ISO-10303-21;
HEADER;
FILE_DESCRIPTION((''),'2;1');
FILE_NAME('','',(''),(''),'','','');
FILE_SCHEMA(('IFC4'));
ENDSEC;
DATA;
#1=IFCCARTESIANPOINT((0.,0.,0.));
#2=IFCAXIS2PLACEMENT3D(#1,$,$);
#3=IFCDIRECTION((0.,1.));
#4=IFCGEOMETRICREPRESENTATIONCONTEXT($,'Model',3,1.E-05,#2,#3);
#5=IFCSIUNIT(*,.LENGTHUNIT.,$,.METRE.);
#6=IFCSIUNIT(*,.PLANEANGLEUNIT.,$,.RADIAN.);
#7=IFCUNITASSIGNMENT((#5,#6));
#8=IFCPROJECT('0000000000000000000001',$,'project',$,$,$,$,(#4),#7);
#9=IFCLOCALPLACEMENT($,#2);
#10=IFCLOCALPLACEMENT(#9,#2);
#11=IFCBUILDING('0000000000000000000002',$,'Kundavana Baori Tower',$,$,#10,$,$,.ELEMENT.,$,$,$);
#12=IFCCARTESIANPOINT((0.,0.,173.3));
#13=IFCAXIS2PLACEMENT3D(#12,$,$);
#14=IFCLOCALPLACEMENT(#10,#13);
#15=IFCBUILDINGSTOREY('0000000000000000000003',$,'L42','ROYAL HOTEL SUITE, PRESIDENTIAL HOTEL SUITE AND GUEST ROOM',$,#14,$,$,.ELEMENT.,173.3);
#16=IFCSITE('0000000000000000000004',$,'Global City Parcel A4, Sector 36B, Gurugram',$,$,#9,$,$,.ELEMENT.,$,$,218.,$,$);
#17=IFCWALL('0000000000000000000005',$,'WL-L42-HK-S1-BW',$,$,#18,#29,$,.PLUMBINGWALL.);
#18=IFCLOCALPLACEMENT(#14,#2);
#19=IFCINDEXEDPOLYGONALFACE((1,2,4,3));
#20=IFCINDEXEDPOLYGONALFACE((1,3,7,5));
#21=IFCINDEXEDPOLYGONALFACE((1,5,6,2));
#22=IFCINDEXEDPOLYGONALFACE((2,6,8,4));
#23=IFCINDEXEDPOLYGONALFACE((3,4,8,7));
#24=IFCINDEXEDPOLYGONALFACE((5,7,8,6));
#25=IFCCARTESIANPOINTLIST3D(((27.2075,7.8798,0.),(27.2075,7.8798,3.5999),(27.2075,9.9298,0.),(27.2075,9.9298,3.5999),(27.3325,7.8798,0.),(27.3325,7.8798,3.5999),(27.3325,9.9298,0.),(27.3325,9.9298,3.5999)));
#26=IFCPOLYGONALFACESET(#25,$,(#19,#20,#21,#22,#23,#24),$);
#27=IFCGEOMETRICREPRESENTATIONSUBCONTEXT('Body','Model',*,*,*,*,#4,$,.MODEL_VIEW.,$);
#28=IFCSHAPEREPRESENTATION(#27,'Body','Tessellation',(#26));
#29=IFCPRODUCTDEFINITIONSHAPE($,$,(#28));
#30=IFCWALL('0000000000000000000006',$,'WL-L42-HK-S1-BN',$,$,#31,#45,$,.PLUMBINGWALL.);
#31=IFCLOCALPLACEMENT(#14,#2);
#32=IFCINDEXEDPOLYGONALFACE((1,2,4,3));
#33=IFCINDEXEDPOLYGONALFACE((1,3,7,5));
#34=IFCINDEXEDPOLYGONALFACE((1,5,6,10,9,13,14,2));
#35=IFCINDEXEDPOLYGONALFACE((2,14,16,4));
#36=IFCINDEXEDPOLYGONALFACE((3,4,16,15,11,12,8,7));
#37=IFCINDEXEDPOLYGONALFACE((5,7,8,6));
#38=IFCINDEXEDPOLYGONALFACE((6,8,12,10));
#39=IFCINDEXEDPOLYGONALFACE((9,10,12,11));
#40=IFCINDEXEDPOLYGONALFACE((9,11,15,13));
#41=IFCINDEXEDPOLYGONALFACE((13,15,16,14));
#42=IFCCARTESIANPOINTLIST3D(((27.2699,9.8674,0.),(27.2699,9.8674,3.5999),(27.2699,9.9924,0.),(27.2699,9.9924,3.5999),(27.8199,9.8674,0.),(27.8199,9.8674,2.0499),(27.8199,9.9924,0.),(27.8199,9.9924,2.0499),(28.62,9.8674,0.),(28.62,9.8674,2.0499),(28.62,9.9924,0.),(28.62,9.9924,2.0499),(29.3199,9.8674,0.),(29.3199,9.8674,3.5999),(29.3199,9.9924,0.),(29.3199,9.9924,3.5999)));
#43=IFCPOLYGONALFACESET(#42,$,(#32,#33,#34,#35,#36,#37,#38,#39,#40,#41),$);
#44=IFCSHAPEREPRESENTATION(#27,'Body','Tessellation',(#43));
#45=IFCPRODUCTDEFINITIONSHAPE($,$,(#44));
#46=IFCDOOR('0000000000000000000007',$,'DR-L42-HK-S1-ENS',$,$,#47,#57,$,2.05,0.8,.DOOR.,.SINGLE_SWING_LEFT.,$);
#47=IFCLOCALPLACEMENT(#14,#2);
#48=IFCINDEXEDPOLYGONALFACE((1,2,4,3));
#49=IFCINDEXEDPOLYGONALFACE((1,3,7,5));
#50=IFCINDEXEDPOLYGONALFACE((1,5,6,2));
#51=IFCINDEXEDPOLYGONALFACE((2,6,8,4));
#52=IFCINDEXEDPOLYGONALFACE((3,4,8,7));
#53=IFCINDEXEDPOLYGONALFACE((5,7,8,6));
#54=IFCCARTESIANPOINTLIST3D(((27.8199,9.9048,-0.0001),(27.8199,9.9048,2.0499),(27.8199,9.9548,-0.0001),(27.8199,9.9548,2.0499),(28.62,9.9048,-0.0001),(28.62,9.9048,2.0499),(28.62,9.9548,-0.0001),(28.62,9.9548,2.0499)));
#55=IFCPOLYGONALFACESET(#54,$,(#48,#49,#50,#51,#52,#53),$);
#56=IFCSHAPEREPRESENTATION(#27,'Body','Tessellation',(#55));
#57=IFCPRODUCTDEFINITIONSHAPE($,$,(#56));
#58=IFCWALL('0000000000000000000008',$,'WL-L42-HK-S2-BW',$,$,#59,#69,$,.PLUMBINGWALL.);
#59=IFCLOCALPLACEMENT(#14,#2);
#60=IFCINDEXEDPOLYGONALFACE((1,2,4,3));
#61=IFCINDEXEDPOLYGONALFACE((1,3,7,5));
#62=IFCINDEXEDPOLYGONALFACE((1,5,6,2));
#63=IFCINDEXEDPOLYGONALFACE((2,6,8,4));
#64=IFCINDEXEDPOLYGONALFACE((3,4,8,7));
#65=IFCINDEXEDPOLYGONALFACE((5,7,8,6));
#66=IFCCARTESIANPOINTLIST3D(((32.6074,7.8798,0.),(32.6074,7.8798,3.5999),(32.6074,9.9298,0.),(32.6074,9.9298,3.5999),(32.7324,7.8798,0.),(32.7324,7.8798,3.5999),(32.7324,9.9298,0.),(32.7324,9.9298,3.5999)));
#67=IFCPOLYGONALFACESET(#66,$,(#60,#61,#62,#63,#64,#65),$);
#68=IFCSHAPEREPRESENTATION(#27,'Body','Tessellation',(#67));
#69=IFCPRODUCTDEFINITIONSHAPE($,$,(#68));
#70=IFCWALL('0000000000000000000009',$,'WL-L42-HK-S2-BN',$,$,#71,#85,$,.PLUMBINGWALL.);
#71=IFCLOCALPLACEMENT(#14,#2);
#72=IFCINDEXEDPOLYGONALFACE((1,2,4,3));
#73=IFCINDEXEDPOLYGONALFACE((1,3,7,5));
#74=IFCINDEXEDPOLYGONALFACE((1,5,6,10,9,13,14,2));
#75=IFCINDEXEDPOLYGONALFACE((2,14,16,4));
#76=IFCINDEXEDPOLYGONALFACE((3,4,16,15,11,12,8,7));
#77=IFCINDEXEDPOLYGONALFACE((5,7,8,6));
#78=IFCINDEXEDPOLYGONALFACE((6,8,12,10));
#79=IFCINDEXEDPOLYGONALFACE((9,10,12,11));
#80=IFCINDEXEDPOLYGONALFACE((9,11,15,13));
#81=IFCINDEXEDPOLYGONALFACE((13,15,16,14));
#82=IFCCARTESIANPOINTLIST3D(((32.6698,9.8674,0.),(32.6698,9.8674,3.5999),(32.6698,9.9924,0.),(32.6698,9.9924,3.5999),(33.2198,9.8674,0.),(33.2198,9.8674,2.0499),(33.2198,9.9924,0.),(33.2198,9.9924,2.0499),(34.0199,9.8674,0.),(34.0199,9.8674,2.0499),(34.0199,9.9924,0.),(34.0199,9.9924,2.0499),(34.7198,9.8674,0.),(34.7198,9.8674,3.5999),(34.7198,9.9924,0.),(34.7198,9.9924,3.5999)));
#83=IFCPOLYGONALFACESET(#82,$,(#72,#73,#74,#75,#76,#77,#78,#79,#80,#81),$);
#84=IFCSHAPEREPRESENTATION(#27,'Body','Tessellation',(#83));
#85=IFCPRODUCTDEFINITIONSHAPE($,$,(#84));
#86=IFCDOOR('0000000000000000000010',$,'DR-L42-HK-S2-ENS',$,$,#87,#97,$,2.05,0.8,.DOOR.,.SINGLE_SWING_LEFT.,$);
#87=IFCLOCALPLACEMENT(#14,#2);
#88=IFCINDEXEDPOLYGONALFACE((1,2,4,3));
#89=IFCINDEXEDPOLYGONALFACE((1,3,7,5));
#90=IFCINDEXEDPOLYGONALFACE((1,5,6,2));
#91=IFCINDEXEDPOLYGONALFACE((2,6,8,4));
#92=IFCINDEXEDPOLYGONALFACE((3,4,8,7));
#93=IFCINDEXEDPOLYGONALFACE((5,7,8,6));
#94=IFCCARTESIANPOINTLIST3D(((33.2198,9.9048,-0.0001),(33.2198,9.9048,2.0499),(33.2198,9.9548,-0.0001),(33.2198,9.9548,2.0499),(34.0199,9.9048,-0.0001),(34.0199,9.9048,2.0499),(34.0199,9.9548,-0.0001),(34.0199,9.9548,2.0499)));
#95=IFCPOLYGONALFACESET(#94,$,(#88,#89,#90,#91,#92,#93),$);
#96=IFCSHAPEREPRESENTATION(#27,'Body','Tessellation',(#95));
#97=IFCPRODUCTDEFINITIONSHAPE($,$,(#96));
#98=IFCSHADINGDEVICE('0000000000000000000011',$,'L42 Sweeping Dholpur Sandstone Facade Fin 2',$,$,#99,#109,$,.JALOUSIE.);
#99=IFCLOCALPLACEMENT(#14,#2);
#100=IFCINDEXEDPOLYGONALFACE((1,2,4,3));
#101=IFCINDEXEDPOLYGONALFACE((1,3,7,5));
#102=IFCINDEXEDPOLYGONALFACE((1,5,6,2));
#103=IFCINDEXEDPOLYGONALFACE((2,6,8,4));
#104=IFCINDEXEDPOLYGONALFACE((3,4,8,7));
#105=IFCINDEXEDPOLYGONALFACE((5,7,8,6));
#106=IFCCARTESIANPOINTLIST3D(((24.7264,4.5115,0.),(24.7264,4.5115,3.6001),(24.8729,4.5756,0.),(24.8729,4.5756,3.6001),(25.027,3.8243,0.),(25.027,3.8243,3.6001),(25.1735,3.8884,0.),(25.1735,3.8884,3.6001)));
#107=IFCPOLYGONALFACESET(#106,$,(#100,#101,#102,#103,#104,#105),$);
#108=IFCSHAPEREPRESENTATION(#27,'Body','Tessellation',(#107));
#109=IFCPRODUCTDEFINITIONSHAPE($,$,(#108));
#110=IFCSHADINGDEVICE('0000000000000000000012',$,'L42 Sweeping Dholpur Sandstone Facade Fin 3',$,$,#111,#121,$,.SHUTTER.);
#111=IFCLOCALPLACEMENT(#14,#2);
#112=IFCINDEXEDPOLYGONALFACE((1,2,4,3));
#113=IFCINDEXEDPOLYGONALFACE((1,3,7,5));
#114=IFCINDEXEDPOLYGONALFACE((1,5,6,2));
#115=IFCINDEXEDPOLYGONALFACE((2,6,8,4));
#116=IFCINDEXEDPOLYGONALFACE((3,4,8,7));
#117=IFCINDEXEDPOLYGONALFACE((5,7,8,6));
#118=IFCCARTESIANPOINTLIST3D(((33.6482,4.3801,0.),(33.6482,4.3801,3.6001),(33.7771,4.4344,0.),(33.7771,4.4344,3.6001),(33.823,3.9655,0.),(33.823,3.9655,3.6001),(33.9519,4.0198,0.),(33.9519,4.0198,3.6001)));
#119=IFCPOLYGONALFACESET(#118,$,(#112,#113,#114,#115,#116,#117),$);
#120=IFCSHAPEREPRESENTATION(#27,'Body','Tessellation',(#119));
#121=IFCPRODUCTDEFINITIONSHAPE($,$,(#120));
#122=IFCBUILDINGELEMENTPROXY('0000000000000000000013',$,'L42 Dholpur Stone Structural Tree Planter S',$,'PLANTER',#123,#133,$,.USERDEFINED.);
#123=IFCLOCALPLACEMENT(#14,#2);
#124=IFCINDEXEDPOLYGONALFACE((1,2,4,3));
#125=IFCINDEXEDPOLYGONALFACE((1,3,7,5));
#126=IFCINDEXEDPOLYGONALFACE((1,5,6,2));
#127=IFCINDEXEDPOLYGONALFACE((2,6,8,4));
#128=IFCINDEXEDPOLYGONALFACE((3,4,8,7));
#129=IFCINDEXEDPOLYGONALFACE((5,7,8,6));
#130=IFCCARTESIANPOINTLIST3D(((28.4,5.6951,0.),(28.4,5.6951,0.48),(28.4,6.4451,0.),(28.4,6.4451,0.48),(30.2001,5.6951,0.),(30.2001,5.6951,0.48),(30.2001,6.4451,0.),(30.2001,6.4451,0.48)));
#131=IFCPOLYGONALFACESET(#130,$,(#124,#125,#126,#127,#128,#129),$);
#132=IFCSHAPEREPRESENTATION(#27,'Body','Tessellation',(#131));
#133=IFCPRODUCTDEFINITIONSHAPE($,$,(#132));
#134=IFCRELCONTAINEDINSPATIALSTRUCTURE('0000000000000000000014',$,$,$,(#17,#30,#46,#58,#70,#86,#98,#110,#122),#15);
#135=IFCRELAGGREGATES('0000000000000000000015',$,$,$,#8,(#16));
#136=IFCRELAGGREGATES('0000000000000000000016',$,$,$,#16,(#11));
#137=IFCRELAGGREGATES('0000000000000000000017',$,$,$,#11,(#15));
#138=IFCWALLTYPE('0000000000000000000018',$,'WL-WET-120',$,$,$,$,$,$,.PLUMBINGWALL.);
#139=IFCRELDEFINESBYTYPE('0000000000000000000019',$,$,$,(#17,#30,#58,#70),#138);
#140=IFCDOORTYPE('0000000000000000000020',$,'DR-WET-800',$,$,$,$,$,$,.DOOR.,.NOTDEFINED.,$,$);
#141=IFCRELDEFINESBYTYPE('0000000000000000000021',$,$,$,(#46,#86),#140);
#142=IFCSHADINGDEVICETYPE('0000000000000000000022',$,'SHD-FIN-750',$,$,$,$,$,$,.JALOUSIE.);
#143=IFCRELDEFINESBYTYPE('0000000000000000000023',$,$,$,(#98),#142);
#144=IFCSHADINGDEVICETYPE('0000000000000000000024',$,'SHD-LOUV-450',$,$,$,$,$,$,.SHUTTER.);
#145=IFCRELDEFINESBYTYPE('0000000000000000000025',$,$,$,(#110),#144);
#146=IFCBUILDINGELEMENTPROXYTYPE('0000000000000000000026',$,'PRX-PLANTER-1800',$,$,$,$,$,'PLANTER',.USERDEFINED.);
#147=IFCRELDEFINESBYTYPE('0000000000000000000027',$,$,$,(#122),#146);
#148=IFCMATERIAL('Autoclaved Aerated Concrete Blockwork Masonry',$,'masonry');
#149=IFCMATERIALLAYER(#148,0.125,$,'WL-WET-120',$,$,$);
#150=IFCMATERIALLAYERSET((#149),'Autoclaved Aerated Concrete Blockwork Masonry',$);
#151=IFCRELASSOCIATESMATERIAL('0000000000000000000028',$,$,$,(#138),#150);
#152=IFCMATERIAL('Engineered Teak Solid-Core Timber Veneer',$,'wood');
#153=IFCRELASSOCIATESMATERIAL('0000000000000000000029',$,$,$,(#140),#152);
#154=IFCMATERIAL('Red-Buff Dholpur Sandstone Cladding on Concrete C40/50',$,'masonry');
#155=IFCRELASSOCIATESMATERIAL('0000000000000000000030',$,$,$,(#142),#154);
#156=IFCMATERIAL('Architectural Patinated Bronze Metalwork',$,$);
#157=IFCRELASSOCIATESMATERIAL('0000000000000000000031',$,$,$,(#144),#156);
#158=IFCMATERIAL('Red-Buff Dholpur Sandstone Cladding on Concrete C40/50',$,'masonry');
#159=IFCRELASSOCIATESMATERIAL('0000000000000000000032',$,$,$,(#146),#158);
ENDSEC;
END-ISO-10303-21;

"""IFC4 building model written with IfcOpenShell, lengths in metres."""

from ifc_helpers import new_model, si_unit, direction, frame, frame_2d, origin, origin_2d, place, context, subcontext, project, spatial, rectangle, extrude, material, layer, layer_set, type_object, element, fill, save


model = new_model("IFC4")

# Units and contexts
model_context = context("Model", 3, precision=1e-05, world=origin(), true_north=direction((0.0, 1.0)))
body_context = subcontext(model_context, "Body", "Model", "MODEL_VIEW")
ifc_project = project(units=[si_unit("LENGTHUNIT", "METRE"), si_unit("PLANEANGLEUNIT", "RADIAN")], contexts=[model_context])

# Site, building, storey
site_placement = place(None, origin())
site = spatial("IfcSite", under=ifc_project, at=site_placement, Name="Global City Parcel A4, Sector 36B, Gurugram", CompositionType="ELEMENT", RefElevation=218.0)
building_placement = place(site_placement, origin())
building = spatial("IfcBuilding", under=site, at=building_placement, Name="Kundavana Baori Tower", CompositionType="ELEMENT")
storey_placement = place(building_placement, frame((0.0, 0.0, 173.3)))
storey = spatial("IfcBuildingStorey", under=building, at=storey_placement, Name="L42", Description="ROYAL HOTEL SUITE, PRESIDENTIAL HOTEL SUITE AND GUEST ROOM", CompositionType="ELEMENT", Elevation=173.3)

# Wall
ifc_material_1 = material(Name="Autoclaved Aerated Concrete Blockwork Masonry", Category="masonry")
ifc_layer_1 = layer(ifc_material_1, 0.125, Name="WL-WET-120")
ifc_layer_set_1 = layer_set([ifc_layer_1], Name="Autoclaved Aerated Concrete Blockwork Masonry")
wall_type_1 = type_object("IfcWallType", Name="WL-WET-120", PredefinedType="PLUMBINGWALL", material=ifc_layer_set_1)
wall_1_placement = place(storey_placement, frame((27.27, 7.8799, 0.0), z_axis=(0.0, 0.0, 1.0), x_axis=(0.0, 1.0, 0.0)))
element("IfcWall", 1, at=wall_1_placement, inside=storey, type_object=wall_type_1, Name="WL-L42-HK-S1-BW", PredefinedType="PLUMBINGWALL", context=body_context, shape_type="SweptSolid", body=[
    extrude(rectangle(XDim=2.05, YDim=0.125, at=frame_2d((1.0249, 0.0))), origin(), (0.0, 0.0, 1.0), 3.5999),
])

# Wall, opening, door
wall_2_placement = place(storey_placement, frame((27.27, 9.9299, 0.0), z_axis=(0.0, 0.0, 1.0), x_axis=(1.0, 0.0, 0.0)))
wall_2 = element("IfcWall", 2, at=wall_2_placement, inside=storey, type_object=wall_type_1, Name="WL-L42-HK-S1-BN", PredefinedType="PLUMBINGWALL", context=body_context, shape_type="SweptSolid", body=[
    extrude(rectangle(XDim=2.05, YDim=0.125, at=frame_2d((1.0249, 0.0))), origin(), (0.0, 0.0, 1.0), 3.5999),
])
opening_1_placement = place(wall_2_placement, frame((0.55, 0.0, 0.0)))
opening_1 = element("IfcOpeningElement", 3, at=opening_1_placement, cuts=wall_2, PredefinedType="OPENING", context=body_context, shape_type="SweptSolid", body=[
    extrude(rectangle(XDim=0.8, YDim=2.05, at=frame_2d((0.3999, 1.0249))), frame((0.0, 0.0725, 0.0), z_axis=(0.0, -1.0, 0.0), x_axis=(1.0, 0.0, 0.0)), (0.0, 0.0, 1.0), 0.145),
])
ifc_material_2 = material(Name="Engineered Teak Solid-Core Timber Veneer", Category="wood")
door_type = type_object("IfcDoorType", Name="DR-WET-800", OperationType="NOTDEFINED", PredefinedType="DOOR", material=ifc_material_2)
door_1_placement = place(opening_1_placement, origin())
door_1 = element("IfcDoor", 4, at=door_1_placement, inside=storey, type_object=door_type, Name="DR-L42-HK-S1-ENS", OperationType="SINGLE_SWING_LEFT", OverallHeight=2.05, OverallWidth=0.8, PredefinedType="DOOR", context=body_context, shape_type="SweptSolid", body=[
    extrude(rectangle(XDim=0.8, YDim=2.05, at=frame_2d((0.3999, 1.0249))), frame((0.0, 0.0249, 0.0), z_axis=(0.0, -1.0, 0.0), x_axis=(1.0, 0.0, 0.0)), (0.0, 0.0, 1.0), 0.05),
])
fill(opening_1, door_1)

# Wall
wall_3_placement = place(storey_placement, frame((32.6699, 7.8799, 0.0), z_axis=(0.0, 0.0, 1.0), x_axis=(0.0, 1.0, 0.0)))
element("IfcWall", 5, at=wall_3_placement, inside=storey, type_object=wall_type_1, Name="WL-L42-HK-S2-BW", PredefinedType="PLUMBINGWALL", context=body_context, shape_type="SweptSolid", body=[
    extrude(rectangle(XDim=2.05, YDim=0.125, at=frame_2d((1.0249, 0.0))), origin(), (0.0, 0.0, 1.0), 3.5999),
])

# Wall, opening, door
wall_4_placement = place(storey_placement, frame((32.6699, 9.9299, 0.0), z_axis=(0.0, 0.0, 1.0), x_axis=(1.0, 0.0, 0.0)))
wall_4 = element("IfcWall", 6, at=wall_4_placement, inside=storey, type_object=wall_type_1, Name="WL-L42-HK-S2-BN", PredefinedType="PLUMBINGWALL", context=body_context, shape_type="SweptSolid", body=[
    extrude(rectangle(XDim=2.05, YDim=0.125, at=frame_2d((1.0249, 0.0))), origin(), (0.0, 0.0, 1.0), 3.5999),
])
opening_2_placement = place(wall_4_placement, frame((0.55, 0.0, 0.0)))
opening_2 = element("IfcOpeningElement", 7, at=opening_2_placement, cuts=wall_4, PredefinedType="OPENING", context=body_context, shape_type="SweptSolid", body=[
    extrude(rectangle(XDim=0.8, YDim=2.05, at=frame_2d((0.3999, 1.0249))), frame((0.0, 0.0725, 0.0), z_axis=(0.0, -1.0, 0.0), x_axis=(1.0, 0.0, 0.0)), (0.0, 0.0, 1.0), 0.145),
])
door_2_placement = place(opening_2_placement, origin())
door_2 = element("IfcDoor", 8, at=door_2_placement, inside=storey, type_object=door_type, Name="DR-L42-HK-S2-ENS", OperationType="SINGLE_SWING_LEFT", OverallHeight=2.05, OverallWidth=0.8, PredefinedType="DOOR", context=body_context, shape_type="SweptSolid", body=[
    extrude(rectangle(XDim=0.8, YDim=2.05, at=frame_2d((0.3999, 1.0249))), frame((0.0, 0.0249, 0.0), z_axis=(0.0, -1.0, 0.0), x_axis=(1.0, 0.0, 0.0)), (0.0, 0.0, 1.0), 0.05),
])
fill(opening_2, door_2)

# Shading devices
ifc_material_3 = material(Name="Red-Buff Dholpur Sandstone Cladding on Concrete C40/50", Category="masonry")
shading_device_type_1 = type_object("IfcShadingDeviceType", Name="SHD-FIN-750", PredefinedType="JALOUSIE", material=ifc_material_3)
shading_device_1_placement = place(storey_placement, frame((24.95, 4.2, 0.0), z_axis=(0.0, 0.0, 1.0), x_axis=(0.916153, 0.400829, 0.0)))
element("IfcShadingDevice", 9, at=shading_device_1_placement, inside=storey, type_object=shading_device_type_1, Name="L42 Sweeping Dholpur Sandstone Facade Fin 2", PredefinedType="JALOUSIE", context=body_context, shape_type="SweptSolid", body=[
    extrude(rectangle(XDim=0.1599, YDim=0.75, at=origin_2d()), origin(), (0.0, 0.0, 1.0), 3.6001),
])
ifc_material_4 = material(Name="Architectural Patinated Bronze Metalwork")
shading_device_type_2 = type_object("IfcShadingDeviceType", Name="SHD-LOUV-450", PredefinedType="SHUTTER", material=ifc_material_4)
shading_device_2_placement = place(storey_placement, frame((33.8, 4.2, 0.0), z_axis=(0.0, 0.0, 1.0), x_axis=(0.921389, 0.388642, 0.0)))
element("IfcShadingDevice", 10, at=shading_device_2_placement, inside=storey, type_object=shading_device_type_2, Name="L42 Sweeping Dholpur Sandstone Facade Fin 3", PredefinedType="SHUTTER", context=body_context, shape_type="SweptSolid", body=[
    extrude(rectangle(XDim=0.1399, YDim=0.45, at=origin_2d()), origin(), (0.0, 0.0, 1.0), 3.6001),
])

# Building element proxy
ifc_material_5 = material(Name="Red-Buff Dholpur Sandstone Cladding on Concrete C40/50", Category="masonry")
building_element_proxy_type = type_object("IfcBuildingElementProxyType", Name="PRX-PLANTER-1800", ElementType="PLANTER", PredefinedType="USERDEFINED", material=ifc_material_5)
proxy_placement = place(storey_placement, frame((29.3, 6.0701, 0.0), z_axis=(0.0, 0.0, 1.0), x_axis=(1.0, 0.0, 0.0)))
element("IfcBuildingElementProxy", 11, at=proxy_placement, inside=storey, type_object=building_element_proxy_type, Name="L42 Dholpur Stone Structural Tree Planter S", ObjectType="PLANTER", PredefinedType="USERDEFINED", context=body_context, shape_type="SweptSolid", body=[
    extrude(rectangle(XDim=1.8, YDim=0.75, at=origin_2d()), origin(), (0.0, 0.0, 1.0), 0.48),
])

save(model, "model.ifc")
